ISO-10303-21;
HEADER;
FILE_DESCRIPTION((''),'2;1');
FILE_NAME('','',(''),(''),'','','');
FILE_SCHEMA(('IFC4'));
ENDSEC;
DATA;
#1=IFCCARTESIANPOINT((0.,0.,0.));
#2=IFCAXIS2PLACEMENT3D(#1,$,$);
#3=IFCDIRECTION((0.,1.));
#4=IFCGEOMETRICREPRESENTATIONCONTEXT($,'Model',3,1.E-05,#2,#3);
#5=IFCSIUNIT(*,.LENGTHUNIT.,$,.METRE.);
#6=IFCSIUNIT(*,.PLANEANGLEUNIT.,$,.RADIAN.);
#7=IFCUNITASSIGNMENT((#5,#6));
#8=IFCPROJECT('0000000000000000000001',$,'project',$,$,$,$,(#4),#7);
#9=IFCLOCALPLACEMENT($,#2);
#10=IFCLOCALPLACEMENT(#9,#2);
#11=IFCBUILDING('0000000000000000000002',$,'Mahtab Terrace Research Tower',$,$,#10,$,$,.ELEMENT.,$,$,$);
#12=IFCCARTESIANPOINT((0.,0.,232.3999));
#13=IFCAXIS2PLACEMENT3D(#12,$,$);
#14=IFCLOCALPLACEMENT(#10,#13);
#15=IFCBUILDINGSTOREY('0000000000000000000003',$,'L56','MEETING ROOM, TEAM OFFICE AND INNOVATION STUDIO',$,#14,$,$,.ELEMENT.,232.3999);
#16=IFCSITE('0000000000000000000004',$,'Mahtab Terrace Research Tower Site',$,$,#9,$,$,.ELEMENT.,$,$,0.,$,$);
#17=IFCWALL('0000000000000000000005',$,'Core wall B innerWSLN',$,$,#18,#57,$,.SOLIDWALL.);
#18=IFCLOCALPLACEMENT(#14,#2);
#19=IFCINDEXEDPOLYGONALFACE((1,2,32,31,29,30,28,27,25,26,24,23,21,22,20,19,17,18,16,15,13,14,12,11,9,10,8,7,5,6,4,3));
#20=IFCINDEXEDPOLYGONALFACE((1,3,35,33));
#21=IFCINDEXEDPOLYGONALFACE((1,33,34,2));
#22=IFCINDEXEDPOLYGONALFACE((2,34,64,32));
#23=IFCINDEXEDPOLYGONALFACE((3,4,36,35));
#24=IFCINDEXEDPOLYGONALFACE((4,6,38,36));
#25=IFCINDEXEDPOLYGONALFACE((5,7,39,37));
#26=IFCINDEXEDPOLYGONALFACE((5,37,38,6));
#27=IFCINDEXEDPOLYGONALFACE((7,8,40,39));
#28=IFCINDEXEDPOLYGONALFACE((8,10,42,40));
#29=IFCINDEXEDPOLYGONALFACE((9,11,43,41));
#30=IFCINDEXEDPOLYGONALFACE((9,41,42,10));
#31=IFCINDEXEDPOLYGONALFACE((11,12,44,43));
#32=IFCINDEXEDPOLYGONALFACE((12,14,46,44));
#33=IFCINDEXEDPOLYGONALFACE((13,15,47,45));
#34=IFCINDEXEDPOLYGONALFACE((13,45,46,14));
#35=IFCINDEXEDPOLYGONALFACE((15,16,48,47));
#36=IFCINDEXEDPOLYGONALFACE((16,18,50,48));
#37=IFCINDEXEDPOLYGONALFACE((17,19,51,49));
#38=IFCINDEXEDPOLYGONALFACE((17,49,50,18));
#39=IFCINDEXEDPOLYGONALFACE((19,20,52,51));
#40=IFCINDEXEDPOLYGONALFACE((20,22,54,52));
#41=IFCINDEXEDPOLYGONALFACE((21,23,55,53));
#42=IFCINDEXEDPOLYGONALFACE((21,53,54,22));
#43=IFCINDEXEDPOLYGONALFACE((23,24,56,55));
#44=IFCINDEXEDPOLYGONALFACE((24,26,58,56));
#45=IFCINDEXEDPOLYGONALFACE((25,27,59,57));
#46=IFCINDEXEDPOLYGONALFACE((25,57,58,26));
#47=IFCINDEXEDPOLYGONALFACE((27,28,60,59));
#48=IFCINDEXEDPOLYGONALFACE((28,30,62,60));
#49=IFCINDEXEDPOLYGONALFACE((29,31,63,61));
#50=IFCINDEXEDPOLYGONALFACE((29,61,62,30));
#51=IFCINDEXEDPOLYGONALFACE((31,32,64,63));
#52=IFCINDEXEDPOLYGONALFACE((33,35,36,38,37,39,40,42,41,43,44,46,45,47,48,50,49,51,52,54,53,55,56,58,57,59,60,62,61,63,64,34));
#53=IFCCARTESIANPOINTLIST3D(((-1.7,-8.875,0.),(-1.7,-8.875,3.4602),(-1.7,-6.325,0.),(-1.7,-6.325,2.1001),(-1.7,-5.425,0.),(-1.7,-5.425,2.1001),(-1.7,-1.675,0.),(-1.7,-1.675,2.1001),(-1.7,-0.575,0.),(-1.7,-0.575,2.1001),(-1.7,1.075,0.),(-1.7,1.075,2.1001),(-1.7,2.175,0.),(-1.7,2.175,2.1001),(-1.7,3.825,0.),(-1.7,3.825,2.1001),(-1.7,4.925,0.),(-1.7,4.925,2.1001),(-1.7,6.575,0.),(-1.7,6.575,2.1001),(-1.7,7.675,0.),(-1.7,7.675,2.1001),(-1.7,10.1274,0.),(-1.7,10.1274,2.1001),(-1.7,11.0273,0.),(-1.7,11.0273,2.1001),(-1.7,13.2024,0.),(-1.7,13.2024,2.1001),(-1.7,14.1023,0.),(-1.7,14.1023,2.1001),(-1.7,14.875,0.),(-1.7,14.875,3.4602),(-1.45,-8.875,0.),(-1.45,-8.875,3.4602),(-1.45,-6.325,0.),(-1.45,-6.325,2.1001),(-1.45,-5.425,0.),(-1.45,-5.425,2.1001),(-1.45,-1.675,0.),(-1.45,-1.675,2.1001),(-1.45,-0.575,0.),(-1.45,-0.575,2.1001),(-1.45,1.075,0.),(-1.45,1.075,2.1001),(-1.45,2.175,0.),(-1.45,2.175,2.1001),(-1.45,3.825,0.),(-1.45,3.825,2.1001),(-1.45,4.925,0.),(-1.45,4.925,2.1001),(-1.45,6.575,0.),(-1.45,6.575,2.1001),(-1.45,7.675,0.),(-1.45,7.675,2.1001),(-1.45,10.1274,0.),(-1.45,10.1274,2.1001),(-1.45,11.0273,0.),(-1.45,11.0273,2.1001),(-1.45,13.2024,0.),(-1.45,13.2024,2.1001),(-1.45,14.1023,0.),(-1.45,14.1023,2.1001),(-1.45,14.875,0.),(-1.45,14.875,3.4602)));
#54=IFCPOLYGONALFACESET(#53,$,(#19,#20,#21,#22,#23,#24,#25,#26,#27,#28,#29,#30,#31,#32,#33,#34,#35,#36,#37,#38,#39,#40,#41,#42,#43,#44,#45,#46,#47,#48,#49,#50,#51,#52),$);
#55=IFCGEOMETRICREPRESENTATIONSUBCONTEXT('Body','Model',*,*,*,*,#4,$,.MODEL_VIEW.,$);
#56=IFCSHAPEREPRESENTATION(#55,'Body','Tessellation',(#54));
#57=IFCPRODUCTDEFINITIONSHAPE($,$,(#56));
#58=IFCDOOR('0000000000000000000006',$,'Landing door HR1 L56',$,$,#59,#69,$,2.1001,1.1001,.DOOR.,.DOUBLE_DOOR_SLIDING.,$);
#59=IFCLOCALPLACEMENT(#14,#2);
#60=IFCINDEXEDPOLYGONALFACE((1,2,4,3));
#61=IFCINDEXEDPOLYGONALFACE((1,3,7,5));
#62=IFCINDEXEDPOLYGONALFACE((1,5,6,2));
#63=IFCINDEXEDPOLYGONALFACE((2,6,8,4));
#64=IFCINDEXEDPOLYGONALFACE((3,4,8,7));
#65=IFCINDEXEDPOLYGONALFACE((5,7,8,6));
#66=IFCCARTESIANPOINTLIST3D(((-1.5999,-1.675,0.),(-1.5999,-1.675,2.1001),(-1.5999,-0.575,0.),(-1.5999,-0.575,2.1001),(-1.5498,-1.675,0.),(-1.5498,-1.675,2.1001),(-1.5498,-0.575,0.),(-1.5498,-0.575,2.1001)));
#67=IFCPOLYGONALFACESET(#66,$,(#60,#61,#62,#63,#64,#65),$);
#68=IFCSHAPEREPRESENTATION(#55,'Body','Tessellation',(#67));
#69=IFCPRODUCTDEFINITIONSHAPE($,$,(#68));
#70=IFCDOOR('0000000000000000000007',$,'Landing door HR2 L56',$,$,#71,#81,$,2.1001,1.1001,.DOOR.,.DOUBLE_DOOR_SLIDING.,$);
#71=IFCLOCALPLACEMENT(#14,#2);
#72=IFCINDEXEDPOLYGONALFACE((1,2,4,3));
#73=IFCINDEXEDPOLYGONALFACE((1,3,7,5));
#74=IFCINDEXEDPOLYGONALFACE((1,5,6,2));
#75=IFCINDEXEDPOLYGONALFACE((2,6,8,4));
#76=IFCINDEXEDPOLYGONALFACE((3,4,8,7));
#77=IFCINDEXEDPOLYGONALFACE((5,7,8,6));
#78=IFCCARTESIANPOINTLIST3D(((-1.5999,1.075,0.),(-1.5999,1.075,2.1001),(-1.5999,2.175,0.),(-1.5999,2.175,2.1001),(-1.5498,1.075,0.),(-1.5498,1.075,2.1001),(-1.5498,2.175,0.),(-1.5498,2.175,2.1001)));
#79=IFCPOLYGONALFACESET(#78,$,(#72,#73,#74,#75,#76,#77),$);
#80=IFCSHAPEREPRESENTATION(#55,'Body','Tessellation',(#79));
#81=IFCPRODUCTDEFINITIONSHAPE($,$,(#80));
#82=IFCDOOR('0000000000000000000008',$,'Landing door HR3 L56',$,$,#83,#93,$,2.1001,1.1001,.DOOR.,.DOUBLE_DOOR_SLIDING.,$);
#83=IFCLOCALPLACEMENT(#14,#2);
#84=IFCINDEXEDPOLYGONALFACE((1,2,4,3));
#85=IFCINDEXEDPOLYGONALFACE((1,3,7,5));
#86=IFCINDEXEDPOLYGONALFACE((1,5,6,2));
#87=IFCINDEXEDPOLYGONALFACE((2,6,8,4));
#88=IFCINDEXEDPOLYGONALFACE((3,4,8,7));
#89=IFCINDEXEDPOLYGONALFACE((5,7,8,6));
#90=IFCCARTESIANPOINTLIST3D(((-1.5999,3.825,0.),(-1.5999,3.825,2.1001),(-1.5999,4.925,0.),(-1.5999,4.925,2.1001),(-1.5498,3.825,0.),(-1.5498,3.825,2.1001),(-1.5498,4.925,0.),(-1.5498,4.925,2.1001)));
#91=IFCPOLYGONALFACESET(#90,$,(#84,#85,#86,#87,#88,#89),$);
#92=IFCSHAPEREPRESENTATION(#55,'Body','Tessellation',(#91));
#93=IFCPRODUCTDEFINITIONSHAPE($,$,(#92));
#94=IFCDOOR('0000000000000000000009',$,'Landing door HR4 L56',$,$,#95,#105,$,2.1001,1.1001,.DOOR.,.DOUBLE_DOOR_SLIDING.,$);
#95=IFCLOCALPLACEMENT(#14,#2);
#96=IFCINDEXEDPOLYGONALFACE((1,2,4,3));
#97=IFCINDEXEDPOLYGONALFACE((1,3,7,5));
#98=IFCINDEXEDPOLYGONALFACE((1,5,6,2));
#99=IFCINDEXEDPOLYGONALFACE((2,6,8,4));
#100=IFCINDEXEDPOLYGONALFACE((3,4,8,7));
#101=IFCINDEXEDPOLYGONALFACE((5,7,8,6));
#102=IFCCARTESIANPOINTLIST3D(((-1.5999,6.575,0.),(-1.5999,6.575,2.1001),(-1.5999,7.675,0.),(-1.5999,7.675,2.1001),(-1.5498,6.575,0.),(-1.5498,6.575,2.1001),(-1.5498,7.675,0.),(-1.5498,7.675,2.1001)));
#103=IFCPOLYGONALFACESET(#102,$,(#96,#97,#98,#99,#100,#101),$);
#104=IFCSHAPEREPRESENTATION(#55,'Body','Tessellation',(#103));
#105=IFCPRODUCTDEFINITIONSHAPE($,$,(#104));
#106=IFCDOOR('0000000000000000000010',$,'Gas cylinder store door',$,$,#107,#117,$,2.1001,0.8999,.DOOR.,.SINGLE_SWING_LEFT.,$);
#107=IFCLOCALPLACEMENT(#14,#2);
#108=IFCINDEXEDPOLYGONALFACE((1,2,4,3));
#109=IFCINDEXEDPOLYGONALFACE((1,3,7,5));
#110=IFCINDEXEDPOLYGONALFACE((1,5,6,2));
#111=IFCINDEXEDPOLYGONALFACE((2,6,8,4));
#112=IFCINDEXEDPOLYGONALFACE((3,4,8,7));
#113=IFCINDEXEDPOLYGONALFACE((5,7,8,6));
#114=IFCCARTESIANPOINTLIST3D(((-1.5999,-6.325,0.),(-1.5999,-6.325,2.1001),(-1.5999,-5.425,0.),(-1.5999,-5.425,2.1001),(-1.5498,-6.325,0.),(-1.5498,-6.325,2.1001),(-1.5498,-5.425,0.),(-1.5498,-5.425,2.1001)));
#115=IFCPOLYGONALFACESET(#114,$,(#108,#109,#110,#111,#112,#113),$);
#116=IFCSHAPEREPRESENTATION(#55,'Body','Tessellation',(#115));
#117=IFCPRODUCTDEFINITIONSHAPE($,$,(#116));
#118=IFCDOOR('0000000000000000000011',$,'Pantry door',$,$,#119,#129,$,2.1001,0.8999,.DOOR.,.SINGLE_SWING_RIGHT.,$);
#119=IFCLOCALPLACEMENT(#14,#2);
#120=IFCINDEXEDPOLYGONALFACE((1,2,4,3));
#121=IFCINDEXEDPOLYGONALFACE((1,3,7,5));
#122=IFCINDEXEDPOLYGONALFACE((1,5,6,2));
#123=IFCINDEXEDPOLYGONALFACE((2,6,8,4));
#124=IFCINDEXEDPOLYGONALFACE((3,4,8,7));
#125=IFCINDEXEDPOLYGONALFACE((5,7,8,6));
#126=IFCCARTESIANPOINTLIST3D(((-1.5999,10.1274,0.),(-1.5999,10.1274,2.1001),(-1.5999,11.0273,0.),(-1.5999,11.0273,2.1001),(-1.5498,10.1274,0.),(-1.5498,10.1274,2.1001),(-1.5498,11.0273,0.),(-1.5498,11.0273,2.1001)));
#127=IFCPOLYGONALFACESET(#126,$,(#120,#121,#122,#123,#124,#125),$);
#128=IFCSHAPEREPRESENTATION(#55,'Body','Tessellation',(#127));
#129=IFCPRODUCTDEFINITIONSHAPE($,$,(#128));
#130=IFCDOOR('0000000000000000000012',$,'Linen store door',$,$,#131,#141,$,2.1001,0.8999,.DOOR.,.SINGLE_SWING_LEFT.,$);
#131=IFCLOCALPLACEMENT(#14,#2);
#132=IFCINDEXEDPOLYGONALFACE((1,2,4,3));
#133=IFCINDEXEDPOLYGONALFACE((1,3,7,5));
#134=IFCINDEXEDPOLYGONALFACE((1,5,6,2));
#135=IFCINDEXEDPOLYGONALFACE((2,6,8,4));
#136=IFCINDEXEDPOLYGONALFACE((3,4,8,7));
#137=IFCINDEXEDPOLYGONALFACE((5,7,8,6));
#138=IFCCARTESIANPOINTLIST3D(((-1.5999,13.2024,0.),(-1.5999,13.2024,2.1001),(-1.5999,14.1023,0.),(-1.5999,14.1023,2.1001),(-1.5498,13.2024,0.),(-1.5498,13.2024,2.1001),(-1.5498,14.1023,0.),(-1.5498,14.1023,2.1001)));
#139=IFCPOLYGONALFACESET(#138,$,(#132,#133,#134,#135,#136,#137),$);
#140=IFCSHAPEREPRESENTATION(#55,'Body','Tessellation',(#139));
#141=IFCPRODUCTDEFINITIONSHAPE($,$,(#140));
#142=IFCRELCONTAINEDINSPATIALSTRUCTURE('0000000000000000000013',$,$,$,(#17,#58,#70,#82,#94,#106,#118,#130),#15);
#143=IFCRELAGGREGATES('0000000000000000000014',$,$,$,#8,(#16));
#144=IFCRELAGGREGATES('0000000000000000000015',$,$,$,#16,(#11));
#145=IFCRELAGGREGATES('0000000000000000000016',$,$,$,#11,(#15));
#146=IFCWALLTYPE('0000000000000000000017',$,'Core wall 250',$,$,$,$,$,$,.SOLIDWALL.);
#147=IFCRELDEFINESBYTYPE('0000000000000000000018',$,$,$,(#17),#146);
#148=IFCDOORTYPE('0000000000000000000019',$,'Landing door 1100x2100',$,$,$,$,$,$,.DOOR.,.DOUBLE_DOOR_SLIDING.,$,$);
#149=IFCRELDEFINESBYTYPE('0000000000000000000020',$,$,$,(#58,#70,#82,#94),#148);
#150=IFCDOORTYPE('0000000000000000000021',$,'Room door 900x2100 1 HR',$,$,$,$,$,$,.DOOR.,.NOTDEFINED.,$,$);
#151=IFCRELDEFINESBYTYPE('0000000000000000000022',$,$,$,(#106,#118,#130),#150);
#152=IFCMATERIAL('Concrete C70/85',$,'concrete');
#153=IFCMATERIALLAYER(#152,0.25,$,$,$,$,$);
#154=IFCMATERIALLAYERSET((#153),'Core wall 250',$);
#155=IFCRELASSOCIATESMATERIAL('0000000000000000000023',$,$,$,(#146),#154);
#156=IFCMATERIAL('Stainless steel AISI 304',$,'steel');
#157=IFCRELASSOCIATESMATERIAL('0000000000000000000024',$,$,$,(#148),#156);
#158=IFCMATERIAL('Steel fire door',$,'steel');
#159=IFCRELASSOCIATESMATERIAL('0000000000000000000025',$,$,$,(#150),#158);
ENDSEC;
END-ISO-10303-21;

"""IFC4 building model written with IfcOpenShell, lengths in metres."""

from ifc_helpers import new_model, si_unit, direction, frame, frame_2d, origin, place, context, subcontext, project, spatial, rectangle, extrude, material, layer, layer_set, type_object, element, fill, save


model = new_model("IFC4")

# Units and contexts
model_context = context("Model", 3, precision=1e-05, world=origin(), true_north=direction((0.0, 1.0)))
body_context = subcontext(model_context, "Body", "Model", "MODEL_VIEW")
ifc_project = project(units=[si_unit("LENGTHUNIT", "METRE"), si_unit("PLANEANGLEUNIT", "RADIAN")], contexts=[model_context])

# Site, building, storey
site_placement = place(None, origin())
site = spatial("IfcSite", under=ifc_project, at=site_placement, Name="Mahtab Terrace Research Tower Site", CompositionType="ELEMENT", RefElevation=0.0)
building_placement = place(site_placement, origin())
building = spatial("IfcBuilding", under=site, at=building_placement, Name="Mahtab Terrace Research Tower", CompositionType="ELEMENT")
storey_placement = place(building_placement, frame((0.0, 0.0, 232.3999)))
storey = spatial("IfcBuildingStorey", under=building, at=storey_placement, Name="L56", Description="MEETING ROOM, TEAM OFFICE AND INNOVATION STUDIO", CompositionType="ELEMENT", Elevation=232.3999)

# Shared definitions
ifc_material_1 = material(Name="Concrete C70/85", Category="concrete")

# Wall, openings, doors
ifc_layer_1 = layer(ifc_material_1, 0.25)
ifc_layer_set_1 = layer_set([ifc_layer_1], Name="Core wall 250")
wall_type_1 = type_object("IfcWallType", Name="Core wall 250", PredefinedType="SOLIDWALL", material=ifc_layer_set_1)
wall_1_placement = place(storey_placement, frame((-1.575, -8.875, 0.0), z_axis=(0.0, 0.0, 1.0), x_axis=(0.0, 1.0, 0.0)))
wall_1 = element("IfcWall", 1, at=wall_1_placement, inside=storey, type_object=wall_type_1, Name="Core wall B innerWSLN", PredefinedType="SOLIDWALL", context=body_context, shape_type="SweptSolid", body=[
    extrude(rectangle(XDim=23.75, YDim=0.25, at=frame_2d((11.875, 0.0))), origin(), (0.0, 0.0, 1.0), 3.4602),
])
opening_1_placement = place(wall_1_placement, frame((7.2, 0.0, 0.0)))
opening_1 = element("IfcOpeningElement", 2, at=opening_1_placement, cuts=wall_1, PredefinedType="OPENING", context=body_context, shape_type="SweptSolid", body=[
    extrude(rectangle(XDim=1.1001, YDim=2.1001, at=frame_2d((0.55, 1.05))), frame((0.0, 0.135, 0.0), z_axis=(0.0, -1.0, 0.0), x_axis=(1.0, 0.0, 0.0)), (0.0, 0.0, 1.0), 0.27),
])
opening_2_placement = place(wall_1_placement, frame((9.95, 0.0, 0.0)))
opening_2 = element("IfcOpeningElement", 3, at=opening_2_placement, cuts=wall_1, PredefinedType="OPENING", context=body_context, shape_type="SweptSolid", body=[
    extrude(rectangle(XDim=1.1001, YDim=2.1001, at=frame_2d((0.55, 1.05))), frame((0.0, 0.135, 0.0), z_axis=(0.0, -1.0, 0.0), x_axis=(1.0, 0.0, 0.0)), (0.0, 0.0, 1.0), 0.27),
])
opening_3_placement = place(wall_1_placement, frame((12.7, 0.0, 0.0)))
opening_3 = element("IfcOpeningElement", 4, at=opening_3_placement, cuts=wall_1, PredefinedType="OPENING", context=body_context, shape_type="SweptSolid", body=[
    extrude(rectangle(XDim=1.1001, YDim=2.1001, at=frame_2d((0.55, 1.05))), frame((0.0, 0.135, 0.0), z_axis=(0.0, -1.0, 0.0), x_axis=(1.0, 0.0, 0.0)), (0.0, 0.0, 1.0), 0.27),
])
opening_4_placement = place(wall_1_placement, frame((15.45, 0.0, 0.0)))
opening_4 = element("IfcOpeningElement", 5, at=opening_4_placement, cuts=wall_1, PredefinedType="OPENING", context=body_context, shape_type="SweptSolid", body=[
    extrude(rectangle(XDim=1.1001, YDim=2.1001, at=frame_2d((0.55, 1.05))), frame((0.0, 0.135, 0.0), z_axis=(0.0, -1.0, 0.0), x_axis=(1.0, 0.0, 0.0)), (0.0, 0.0, 1.0), 0.27),
])
opening_5_placement = place(wall_1_placement, frame((2.55, 0.0, 0.0)))
opening_5 = element("IfcOpeningElement", 6, at=opening_5_placement, cuts=wall_1, PredefinedType="OPENING", context=body_context, shape_type="SweptSolid", body=[
    extrude(rectangle(XDim=0.8999, YDim=2.1001, at=frame_2d((0.45, 1.05))), frame((0.0, 0.135, 0.0), z_axis=(0.0, -1.0, 0.0), x_axis=(1.0, 0.0, 0.0)), (0.0, 0.0, 1.0), 0.27),
])
opening_6_placement = place(wall_1_placement, frame((19.0024, 0.0, 0.0)))
opening_6 = element("IfcOpeningElement", 7, at=opening_6_placement, cuts=wall_1, PredefinedType="OPENING", context=body_context, shape_type="SweptSolid", body=[
    extrude(rectangle(XDim=0.8999, YDim=2.1001, at=frame_2d((0.45, 1.05))), frame((0.0, 0.135, 0.0), z_axis=(0.0, -1.0, 0.0), x_axis=(1.0, 0.0, 0.0)), (0.0, 0.0, 1.0), 0.27),
])
opening_7_placement = place(wall_1_placement, frame((22.0774, 0.0, 0.0)))
opening_7 = element("IfcOpeningElement", 8, at=opening_7_placement, cuts=wall_1, PredefinedType="OPENING", context=body_context, shape_type="SweptSolid", body=[
    extrude(rectangle(XDim=0.8999, YDim=2.1001, at=frame_2d((0.45, 1.05))), frame((0.0, 0.135, 0.0), z_axis=(0.0, -1.0, 0.0), x_axis=(1.0, 0.0, 0.0)), (0.0, 0.0, 1.0), 0.27),
])
ifc_material_2 = material(Name="Stainless steel AISI 304", Category="steel")
door_type_1 = type_object("IfcDoorType", Name="Landing door 1100x2100", OperationType="DOUBLE_DOOR_SLIDING", PredefinedType="DOOR", material=ifc_material_2)
door_1_placement = place(opening_1_placement, origin())
door_1 = element("IfcDoor", 9, at=door_1_placement, inside=storey, type_object=door_type_1, Name="Landing door HR1 L56", OperationType="DOUBLE_DOOR_SLIDING", OverallHeight=2.1001, OverallWidth=1.1001, PredefinedType="DOOR", context=body_context, shape_type="SweptSolid", body=[
    extrude(rectangle(XDim=1.1001, YDim=2.1001, at=frame_2d((0.55, 1.05))), frame((0.0, 0.0249, 0.0), z_axis=(0.0, -1.0, 0.0), x_axis=(1.0, 0.0, 0.0)), (0.0, 0.0, 1.0), 0.05),
])
fill(opening_1, door_1)
door_2_placement = place(opening_2_placement, origin())
door_2 = element("IfcDoor", 10, at=door_2_placement, inside=storey, type_object=door_type_1, Name="Landing door HR2 L56", OperationType="DOUBLE_DOOR_SLIDING", OverallHeight=2.1001, OverallWidth=1.1001, PredefinedType="DOOR", context=body_context, shape_type="SweptSolid", body=[
    extrude(rectangle(XDim=1.1001, YDim=2.1001, at=frame_2d((0.55, 1.05))), frame((0.0, 0.0249, 0.0), z_axis=(0.0, -1.0, 0.0), x_axis=(1.0, 0.0, 0.0)), (0.0, 0.0, 1.0), 0.05),
])
fill(opening_2, door_2)
door_3_placement = place(opening_3_placement, origin())
door_3 = element("IfcDoor", 11, at=door_3_placement, inside=storey, type_object=door_type_1, Name="Landing door HR3 L56", OperationType="DOUBLE_DOOR_SLIDING", OverallHeight=2.1001, OverallWidth=1.1001, PredefinedType="DOOR", context=body_context, shape_type="SweptSolid", body=[
    extrude(rectangle(XDim=1.1001, YDim=2.1001, at=frame_2d((0.55, 1.05))), frame((0.0, 0.0249, 0.0), z_axis=(0.0, -1.0, 0.0), x_axis=(1.0, 0.0, 0.0)), (0.0, 0.0, 1.0), 0.05),
])
fill(opening_3, door_3)
door_4_placement = place(opening_4_placement, origin())
door_4 = element("IfcDoor", 12, at=door_4_placement, inside=storey, type_object=door_type_1, Name="Landing door HR4 L56", OperationType="DOUBLE_DOOR_SLIDING", OverallHeight=2.1001, OverallWidth=1.1001, PredefinedType="DOOR", context=body_context, shape_type="SweptSolid", body=[
    extrude(rectangle(XDim=1.1001, YDim=2.1001, at=frame_2d((0.55, 1.05))), frame((0.0, 0.0249, 0.0), z_axis=(0.0, -1.0, 0.0), x_axis=(1.0, 0.0, 0.0)), (0.0, 0.0, 1.0), 0.05),
])
fill(opening_4, door_4)
ifc_material_3 = material(Name="Steel fire door", Category="steel")
door_type_2 = type_object("IfcDoorType", Name="Room door 900x2100 1 HR", OperationType="NOTDEFINED", PredefinedType="DOOR", material=ifc_material_3)
door_5_placement = place(opening_5_placement, origin())
door_5 = element("IfcDoor", 13, at=door_5_placement, inside=storey, type_object=door_type_2, Name="Gas cylinder store door", OperationType="SINGLE_SWING_LEFT", OverallHeight=2.1001, OverallWidth=0.8999, PredefinedType="DOOR", context=body_context, shape_type="SweptSolid", body=[
    extrude(rectangle(XDim=0.8999, YDim=2.1001, at=frame_2d((0.45, 1.05))), frame((0.0, 0.0249, 0.0), z_axis=(0.0, -1.0, 0.0), x_axis=(1.0, 0.0, 0.0)), (0.0, 0.0, 1.0), 0.05),
])
fill(opening_5, door_5)
door_6_placement = place(opening_6_placement, origin())
door_6 = element("IfcDoor", 14, at=door_6_placement, inside=storey, type_object=door_type_2, Name="Pantry door", OperationType="SINGLE_SWING_RIGHT", OverallHeight=2.1001, OverallWidth=0.8999, PredefinedType="DOOR", context=body_context, shape_type="SweptSolid", body=[
    extrude(rectangle(XDim=0.8999, YDim=2.1001, at=frame_2d((0.45, 1.05))), frame((0.0, 0.0249, 0.0), z_axis=(0.0, -1.0, 0.0), x_axis=(1.0, 0.0, 0.0)), (0.0, 0.0, 1.0), 0.05),
])
fill(opening_6, door_6)
door_7_placement = place(opening_7_placement, origin())
door_7 = element("IfcDoor", 15, at=door_7_placement, inside=storey, type_object=door_type_2, Name="Linen store door", OperationType="SINGLE_SWING_LEFT", OverallHeight=2.1001, OverallWidth=0.8999, PredefinedType="DOOR", context=body_context, shape_type="SweptSolid", body=[
    extrude(rectangle(XDim=0.8999, YDim=2.1001, at=frame_2d((0.45, 1.05))), frame((0.0, 0.0249, 0.0), z_axis=(0.0, -1.0, 0.0), x_axis=(1.0, 0.0, 0.0)), (0.0, 0.0, 1.0), 0.05),
])
fill(opening_7, door_7)

save(model, "model.ifc")
